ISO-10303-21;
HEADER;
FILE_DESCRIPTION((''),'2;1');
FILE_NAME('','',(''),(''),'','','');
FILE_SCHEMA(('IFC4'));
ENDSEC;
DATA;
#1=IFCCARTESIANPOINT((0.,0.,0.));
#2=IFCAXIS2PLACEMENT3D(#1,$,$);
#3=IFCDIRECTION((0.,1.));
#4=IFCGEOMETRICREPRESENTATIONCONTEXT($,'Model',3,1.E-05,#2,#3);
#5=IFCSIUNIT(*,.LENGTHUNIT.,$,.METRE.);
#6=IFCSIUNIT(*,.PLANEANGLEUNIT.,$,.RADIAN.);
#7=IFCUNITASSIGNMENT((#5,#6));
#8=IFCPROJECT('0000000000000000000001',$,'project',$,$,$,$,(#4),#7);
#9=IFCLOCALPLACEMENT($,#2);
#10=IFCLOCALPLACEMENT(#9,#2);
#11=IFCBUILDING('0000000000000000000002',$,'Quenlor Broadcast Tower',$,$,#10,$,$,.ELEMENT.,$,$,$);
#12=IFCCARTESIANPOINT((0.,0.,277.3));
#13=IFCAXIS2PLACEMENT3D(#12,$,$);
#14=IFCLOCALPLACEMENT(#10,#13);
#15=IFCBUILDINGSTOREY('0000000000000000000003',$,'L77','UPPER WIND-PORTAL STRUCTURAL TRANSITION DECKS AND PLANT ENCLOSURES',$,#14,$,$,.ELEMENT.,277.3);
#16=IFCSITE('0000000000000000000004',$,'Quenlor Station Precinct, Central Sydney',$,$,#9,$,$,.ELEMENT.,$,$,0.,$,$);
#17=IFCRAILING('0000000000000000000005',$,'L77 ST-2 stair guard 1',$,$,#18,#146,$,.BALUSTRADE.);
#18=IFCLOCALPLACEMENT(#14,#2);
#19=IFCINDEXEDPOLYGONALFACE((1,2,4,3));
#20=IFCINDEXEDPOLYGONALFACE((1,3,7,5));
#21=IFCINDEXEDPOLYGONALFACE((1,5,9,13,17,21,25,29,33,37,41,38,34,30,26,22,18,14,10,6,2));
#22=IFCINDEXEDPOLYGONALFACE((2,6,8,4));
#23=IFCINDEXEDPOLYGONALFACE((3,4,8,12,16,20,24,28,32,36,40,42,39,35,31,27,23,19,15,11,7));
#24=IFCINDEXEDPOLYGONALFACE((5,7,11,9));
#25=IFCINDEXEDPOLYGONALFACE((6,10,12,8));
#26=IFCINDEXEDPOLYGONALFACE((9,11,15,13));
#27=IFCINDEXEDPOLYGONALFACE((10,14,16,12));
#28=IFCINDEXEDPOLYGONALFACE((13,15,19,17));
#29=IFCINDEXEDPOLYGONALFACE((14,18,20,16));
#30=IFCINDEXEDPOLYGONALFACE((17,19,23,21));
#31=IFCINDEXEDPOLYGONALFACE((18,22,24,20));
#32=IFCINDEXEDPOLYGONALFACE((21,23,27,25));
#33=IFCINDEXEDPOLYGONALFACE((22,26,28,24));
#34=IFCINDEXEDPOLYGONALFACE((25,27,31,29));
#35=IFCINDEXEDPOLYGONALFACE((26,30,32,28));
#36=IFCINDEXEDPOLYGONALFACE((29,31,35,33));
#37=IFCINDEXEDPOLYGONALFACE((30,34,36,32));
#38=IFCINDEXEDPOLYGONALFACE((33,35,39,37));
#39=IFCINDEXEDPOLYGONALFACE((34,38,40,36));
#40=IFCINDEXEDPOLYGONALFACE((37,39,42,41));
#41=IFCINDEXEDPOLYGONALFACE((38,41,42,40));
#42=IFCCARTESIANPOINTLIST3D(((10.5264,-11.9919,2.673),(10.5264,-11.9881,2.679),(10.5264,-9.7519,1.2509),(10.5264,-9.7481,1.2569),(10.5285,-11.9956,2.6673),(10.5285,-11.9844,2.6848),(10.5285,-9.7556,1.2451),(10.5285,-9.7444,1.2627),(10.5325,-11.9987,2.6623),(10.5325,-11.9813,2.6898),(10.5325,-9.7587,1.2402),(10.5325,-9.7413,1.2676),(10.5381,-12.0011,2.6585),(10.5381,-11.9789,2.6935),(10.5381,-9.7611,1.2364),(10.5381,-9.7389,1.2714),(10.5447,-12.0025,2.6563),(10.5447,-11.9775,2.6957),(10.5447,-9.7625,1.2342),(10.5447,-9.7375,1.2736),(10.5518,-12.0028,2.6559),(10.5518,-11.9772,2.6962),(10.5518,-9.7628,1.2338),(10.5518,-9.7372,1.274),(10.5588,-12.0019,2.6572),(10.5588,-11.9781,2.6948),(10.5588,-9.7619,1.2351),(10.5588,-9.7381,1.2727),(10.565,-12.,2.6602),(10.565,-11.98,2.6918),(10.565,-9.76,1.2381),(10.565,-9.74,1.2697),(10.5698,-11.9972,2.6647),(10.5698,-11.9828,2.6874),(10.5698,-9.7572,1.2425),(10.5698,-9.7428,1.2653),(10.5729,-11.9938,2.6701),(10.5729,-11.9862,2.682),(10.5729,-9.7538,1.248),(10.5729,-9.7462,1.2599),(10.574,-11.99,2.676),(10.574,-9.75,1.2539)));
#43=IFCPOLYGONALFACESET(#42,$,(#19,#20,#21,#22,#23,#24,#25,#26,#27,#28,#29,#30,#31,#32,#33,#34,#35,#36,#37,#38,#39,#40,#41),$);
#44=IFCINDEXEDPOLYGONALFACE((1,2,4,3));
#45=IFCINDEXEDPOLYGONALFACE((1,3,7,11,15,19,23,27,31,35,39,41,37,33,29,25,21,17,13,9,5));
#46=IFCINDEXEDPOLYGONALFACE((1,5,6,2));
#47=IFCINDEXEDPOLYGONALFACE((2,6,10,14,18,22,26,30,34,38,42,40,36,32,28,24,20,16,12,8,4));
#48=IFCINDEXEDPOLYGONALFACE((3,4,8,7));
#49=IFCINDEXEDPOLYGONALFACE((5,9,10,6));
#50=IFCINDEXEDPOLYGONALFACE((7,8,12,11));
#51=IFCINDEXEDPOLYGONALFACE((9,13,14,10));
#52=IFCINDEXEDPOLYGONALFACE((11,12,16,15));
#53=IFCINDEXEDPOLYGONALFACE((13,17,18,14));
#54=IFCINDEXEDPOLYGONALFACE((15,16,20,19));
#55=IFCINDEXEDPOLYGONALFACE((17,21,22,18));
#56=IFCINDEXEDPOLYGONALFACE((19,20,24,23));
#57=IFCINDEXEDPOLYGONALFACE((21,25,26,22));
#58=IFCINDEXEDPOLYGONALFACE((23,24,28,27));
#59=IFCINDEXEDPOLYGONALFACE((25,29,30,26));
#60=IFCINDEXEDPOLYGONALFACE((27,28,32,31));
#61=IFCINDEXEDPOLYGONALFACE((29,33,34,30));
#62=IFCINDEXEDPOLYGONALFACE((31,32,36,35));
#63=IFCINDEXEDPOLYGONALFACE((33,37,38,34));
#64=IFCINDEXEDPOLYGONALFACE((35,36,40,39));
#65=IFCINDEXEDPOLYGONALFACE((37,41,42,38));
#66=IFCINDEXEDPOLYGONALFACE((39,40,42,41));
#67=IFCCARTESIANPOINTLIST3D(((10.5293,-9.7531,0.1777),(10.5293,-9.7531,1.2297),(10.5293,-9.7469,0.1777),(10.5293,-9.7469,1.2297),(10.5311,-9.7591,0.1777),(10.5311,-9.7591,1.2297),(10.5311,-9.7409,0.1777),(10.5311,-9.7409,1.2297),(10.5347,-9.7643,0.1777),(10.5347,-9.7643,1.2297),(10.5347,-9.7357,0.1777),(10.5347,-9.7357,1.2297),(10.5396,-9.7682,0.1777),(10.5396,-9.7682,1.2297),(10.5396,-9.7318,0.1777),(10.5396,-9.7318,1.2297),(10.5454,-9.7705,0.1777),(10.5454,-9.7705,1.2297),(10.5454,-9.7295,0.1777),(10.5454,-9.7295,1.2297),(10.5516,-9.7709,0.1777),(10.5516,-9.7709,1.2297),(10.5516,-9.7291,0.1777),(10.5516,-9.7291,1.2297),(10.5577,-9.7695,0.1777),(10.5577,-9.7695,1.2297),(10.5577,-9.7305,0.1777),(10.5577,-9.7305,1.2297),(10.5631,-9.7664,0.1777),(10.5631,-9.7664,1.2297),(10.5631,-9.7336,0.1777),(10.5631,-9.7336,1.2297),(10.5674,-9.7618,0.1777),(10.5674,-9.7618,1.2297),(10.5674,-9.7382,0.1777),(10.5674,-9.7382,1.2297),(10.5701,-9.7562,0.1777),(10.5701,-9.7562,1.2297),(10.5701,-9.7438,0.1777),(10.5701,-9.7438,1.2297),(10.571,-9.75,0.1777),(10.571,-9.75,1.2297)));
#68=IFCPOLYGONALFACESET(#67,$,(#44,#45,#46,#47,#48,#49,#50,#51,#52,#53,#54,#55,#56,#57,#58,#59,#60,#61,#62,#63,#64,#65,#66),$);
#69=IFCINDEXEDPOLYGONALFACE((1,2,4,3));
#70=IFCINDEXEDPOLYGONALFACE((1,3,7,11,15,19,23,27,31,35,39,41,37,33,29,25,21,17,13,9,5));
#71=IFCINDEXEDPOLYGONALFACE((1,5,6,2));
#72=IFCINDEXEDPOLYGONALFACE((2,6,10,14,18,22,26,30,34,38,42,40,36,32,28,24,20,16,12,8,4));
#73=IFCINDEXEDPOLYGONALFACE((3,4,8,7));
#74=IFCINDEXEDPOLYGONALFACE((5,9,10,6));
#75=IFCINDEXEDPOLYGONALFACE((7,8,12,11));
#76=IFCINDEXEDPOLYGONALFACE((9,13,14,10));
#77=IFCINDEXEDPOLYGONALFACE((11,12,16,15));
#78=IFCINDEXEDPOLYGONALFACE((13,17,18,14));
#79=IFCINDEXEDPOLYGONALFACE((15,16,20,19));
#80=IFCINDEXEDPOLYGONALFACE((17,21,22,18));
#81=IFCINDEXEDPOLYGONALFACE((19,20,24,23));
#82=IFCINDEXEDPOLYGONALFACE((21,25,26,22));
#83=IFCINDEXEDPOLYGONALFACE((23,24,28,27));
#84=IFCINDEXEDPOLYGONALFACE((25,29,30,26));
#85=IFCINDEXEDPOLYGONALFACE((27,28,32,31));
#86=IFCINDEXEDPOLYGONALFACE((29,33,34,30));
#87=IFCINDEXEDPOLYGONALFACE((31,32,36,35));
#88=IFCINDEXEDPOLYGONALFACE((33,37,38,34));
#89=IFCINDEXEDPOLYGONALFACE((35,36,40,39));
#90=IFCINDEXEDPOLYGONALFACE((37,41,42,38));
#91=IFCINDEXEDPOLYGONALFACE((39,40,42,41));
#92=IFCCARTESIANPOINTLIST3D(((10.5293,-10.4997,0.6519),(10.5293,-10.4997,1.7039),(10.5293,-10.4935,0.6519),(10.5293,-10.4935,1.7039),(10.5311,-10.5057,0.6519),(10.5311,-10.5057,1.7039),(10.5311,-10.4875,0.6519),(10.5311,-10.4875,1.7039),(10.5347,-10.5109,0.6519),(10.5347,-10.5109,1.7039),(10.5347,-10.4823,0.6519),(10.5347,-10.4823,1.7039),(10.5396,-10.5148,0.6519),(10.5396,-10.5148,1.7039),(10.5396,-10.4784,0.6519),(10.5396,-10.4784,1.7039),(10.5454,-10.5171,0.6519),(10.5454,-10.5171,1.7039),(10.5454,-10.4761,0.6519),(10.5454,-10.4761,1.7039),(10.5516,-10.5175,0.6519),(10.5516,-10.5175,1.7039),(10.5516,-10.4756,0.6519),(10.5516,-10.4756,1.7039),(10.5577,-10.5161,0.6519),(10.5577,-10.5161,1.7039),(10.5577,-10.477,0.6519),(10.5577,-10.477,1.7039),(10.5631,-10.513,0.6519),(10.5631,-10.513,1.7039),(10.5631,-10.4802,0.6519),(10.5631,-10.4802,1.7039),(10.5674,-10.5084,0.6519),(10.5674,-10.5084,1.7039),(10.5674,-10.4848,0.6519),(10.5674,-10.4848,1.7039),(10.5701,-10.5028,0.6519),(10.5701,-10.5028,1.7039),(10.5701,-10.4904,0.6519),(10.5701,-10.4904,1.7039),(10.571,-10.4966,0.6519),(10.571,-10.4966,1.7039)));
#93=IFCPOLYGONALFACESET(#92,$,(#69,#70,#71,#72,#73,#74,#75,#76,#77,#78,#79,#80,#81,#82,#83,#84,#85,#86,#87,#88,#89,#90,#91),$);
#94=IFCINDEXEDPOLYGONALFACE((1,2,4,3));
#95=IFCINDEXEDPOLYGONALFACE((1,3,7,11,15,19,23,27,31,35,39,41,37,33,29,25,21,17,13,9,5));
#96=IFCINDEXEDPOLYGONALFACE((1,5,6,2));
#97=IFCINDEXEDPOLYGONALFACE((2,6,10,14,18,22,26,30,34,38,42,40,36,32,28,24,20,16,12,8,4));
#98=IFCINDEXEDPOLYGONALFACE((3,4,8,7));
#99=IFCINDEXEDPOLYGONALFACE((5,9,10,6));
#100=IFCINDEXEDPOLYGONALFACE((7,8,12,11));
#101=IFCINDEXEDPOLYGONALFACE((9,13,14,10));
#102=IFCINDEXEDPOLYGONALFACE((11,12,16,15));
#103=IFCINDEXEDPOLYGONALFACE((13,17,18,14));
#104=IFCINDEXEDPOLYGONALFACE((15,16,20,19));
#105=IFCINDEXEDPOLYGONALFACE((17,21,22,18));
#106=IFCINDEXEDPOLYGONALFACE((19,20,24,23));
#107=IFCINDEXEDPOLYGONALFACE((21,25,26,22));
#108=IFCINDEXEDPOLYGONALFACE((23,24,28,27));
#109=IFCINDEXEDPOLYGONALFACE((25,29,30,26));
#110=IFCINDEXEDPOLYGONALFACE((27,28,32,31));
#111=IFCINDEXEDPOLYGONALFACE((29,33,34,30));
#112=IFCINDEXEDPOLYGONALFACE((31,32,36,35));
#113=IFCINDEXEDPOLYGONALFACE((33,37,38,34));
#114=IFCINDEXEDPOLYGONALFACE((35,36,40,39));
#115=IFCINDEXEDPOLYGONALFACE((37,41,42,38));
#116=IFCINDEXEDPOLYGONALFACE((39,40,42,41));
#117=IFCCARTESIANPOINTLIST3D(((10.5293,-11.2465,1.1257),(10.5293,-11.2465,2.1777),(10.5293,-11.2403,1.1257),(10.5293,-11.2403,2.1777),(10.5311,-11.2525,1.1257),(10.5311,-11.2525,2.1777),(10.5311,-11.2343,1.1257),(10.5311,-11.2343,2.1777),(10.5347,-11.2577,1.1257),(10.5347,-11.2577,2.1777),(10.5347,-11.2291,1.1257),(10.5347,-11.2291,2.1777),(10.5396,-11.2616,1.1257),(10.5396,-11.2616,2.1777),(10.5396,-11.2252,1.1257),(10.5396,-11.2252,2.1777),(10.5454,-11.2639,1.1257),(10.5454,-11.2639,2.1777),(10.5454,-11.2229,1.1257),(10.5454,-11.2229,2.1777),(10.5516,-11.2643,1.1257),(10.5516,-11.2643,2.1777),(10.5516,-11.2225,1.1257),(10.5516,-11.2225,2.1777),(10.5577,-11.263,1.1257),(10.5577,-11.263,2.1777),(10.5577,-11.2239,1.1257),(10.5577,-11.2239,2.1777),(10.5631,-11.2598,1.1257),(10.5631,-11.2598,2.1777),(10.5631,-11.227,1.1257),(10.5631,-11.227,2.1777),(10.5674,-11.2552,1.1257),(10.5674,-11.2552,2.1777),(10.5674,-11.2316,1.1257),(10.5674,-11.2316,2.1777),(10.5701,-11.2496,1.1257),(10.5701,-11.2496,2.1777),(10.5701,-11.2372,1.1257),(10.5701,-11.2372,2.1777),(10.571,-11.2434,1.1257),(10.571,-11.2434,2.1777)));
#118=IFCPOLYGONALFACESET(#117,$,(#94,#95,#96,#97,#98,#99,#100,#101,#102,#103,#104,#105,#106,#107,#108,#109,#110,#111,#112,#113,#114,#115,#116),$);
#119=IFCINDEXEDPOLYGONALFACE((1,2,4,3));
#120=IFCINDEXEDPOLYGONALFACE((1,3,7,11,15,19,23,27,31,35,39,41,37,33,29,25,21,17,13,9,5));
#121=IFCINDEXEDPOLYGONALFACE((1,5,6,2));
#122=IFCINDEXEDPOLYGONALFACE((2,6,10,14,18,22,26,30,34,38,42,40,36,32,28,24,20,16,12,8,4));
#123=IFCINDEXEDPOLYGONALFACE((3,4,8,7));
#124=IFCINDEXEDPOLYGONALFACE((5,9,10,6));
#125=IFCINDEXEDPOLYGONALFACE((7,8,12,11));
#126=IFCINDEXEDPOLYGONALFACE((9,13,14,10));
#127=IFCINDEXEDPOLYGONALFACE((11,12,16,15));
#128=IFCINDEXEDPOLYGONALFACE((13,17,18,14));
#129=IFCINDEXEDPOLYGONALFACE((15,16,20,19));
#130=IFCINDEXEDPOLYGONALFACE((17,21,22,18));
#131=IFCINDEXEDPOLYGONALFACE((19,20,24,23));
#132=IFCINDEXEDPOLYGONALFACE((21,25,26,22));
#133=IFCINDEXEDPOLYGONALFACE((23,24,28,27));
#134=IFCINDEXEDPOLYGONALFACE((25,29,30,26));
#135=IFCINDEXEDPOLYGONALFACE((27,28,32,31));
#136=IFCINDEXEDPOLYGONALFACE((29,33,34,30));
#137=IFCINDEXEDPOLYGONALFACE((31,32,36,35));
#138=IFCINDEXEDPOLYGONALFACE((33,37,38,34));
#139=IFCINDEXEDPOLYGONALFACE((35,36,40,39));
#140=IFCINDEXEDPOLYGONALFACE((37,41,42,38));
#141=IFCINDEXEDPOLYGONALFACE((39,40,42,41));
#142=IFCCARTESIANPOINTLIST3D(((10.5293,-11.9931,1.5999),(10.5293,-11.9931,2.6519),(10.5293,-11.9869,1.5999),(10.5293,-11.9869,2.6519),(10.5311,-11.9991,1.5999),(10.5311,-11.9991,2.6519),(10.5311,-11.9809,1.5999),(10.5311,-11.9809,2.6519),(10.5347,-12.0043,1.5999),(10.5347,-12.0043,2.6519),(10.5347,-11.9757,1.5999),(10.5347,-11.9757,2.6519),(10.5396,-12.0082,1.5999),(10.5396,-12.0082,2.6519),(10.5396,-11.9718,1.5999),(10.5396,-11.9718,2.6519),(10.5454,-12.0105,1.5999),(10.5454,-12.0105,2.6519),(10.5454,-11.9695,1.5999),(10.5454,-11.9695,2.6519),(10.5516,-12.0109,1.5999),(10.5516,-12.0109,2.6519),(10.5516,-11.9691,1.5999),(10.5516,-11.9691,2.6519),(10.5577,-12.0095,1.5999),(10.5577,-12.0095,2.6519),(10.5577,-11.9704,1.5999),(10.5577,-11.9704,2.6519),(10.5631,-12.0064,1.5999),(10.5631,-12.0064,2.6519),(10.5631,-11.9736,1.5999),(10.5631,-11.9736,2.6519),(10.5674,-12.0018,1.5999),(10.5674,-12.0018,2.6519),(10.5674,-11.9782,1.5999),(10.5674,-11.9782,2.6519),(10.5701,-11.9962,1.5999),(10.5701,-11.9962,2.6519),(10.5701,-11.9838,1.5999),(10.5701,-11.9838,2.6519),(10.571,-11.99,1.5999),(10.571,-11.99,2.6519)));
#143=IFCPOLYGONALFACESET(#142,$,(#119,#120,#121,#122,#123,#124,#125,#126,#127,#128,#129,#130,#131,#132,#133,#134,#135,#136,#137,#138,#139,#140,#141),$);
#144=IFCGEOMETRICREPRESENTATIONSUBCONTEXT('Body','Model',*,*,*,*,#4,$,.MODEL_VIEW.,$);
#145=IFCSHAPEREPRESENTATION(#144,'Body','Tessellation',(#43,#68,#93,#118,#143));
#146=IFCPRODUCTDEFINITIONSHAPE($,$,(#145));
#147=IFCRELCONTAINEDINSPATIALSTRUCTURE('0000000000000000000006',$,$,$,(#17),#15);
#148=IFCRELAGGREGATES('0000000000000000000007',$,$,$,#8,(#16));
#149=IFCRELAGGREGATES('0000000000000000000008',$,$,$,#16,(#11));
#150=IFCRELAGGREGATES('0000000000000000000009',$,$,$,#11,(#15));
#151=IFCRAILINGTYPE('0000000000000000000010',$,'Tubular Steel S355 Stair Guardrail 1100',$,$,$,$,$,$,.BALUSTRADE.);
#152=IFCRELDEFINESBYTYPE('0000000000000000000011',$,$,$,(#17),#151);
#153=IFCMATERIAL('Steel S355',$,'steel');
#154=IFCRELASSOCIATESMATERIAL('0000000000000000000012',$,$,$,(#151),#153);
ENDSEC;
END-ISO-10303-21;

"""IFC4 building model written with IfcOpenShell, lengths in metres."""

from ifc_helpers import new_model, si_unit, direction, frame, origin, origin_2d, place, context, subcontext, project, spatial, circle, extrude, material, type_object, element, save


model = new_model("IFC4")

# Units and contexts
model_context = context("Model", 3, precision=1e-05, world=origin(), true_north=direction((0.0, 1.0)))
body_context = subcontext(model_context, "Body", "Model", "MODEL_VIEW")
ifc_project = project(units=[si_unit("LENGTHUNIT", "METRE"), si_unit("PLANEANGLEUNIT", "RADIAN")], contexts=[model_context])

# Site, building, storey
site_placement = place(None, origin())
site = spatial("IfcSite", under=ifc_project, at=site_placement, Name="Quenlor Station Precinct, Central Sydney", CompositionType="ELEMENT", RefElevation=0.0)
building_placement = place(site_placement, origin())
building = spatial("IfcBuilding", under=site, at=building_placement, Name="Quenlor Broadcast Tower", CompositionType="ELEMENT")
storey_placement = place(building_placement, frame((0.0, 0.0, 277.3)))
storey = spatial("IfcBuildingStorey", under=building, at=storey_placement, Name="L77", Description="UPPER WIND-PORTAL STRUCTURAL TRANSITION DECKS AND PLANT ENCLOSURES", CompositionType="ELEMENT", Elevation=277.3)

# Railing
ifc_material_1 = material(Name="Steel S355", Category="steel")
railing_type_1 = type_object("IfcRailingType", Name="Tubular Steel S355 Stair Guardrail 1100", PredefinedType="BALUSTRADE", material=ifc_material_1)
railing_1_placement = place(storey_placement, frame((10.55, -9.75, 0.1777)))
element("IfcRailing", 1, at=railing_1_placement, inside=storey, type_object=railing_type_1, Name="L77 ST-2 stair guard 1", PredefinedType="BALUSTRADE", context=body_context, shape_type="SweptSolid", body=[
    extrude(circle(Radius=0.0239, at=origin_2d()), frame((0.0, 0.0, 1.0762), z_axis=(0.0, -0.844229, 0.535982), x_axis=(1.0, 0.0, 0.0)), (0.0, 0.0, 1.0), 2.6533),
    extrude(circle(Radius=0.021, at=origin_2d()), origin(), (0.0, 0.0, 1.0), 1.052),
    extrude(circle(Radius=0.021, at=origin_2d()), frame((0.0, -0.7466, 0.4741)), (0.0, 0.0, 1.0), 1.052),
    extrude(circle(Radius=0.021, at=origin_2d()), frame((0.0, -1.4934, 0.948)), (0.0, 0.0, 1.0), 1.052),
    extrude(circle(Radius=0.021, at=origin_2d()), frame((0.0, -2.24, 1.4221)), (0.0, 0.0, 1.0), 1.052),
])

save(model, "model.ifc")
